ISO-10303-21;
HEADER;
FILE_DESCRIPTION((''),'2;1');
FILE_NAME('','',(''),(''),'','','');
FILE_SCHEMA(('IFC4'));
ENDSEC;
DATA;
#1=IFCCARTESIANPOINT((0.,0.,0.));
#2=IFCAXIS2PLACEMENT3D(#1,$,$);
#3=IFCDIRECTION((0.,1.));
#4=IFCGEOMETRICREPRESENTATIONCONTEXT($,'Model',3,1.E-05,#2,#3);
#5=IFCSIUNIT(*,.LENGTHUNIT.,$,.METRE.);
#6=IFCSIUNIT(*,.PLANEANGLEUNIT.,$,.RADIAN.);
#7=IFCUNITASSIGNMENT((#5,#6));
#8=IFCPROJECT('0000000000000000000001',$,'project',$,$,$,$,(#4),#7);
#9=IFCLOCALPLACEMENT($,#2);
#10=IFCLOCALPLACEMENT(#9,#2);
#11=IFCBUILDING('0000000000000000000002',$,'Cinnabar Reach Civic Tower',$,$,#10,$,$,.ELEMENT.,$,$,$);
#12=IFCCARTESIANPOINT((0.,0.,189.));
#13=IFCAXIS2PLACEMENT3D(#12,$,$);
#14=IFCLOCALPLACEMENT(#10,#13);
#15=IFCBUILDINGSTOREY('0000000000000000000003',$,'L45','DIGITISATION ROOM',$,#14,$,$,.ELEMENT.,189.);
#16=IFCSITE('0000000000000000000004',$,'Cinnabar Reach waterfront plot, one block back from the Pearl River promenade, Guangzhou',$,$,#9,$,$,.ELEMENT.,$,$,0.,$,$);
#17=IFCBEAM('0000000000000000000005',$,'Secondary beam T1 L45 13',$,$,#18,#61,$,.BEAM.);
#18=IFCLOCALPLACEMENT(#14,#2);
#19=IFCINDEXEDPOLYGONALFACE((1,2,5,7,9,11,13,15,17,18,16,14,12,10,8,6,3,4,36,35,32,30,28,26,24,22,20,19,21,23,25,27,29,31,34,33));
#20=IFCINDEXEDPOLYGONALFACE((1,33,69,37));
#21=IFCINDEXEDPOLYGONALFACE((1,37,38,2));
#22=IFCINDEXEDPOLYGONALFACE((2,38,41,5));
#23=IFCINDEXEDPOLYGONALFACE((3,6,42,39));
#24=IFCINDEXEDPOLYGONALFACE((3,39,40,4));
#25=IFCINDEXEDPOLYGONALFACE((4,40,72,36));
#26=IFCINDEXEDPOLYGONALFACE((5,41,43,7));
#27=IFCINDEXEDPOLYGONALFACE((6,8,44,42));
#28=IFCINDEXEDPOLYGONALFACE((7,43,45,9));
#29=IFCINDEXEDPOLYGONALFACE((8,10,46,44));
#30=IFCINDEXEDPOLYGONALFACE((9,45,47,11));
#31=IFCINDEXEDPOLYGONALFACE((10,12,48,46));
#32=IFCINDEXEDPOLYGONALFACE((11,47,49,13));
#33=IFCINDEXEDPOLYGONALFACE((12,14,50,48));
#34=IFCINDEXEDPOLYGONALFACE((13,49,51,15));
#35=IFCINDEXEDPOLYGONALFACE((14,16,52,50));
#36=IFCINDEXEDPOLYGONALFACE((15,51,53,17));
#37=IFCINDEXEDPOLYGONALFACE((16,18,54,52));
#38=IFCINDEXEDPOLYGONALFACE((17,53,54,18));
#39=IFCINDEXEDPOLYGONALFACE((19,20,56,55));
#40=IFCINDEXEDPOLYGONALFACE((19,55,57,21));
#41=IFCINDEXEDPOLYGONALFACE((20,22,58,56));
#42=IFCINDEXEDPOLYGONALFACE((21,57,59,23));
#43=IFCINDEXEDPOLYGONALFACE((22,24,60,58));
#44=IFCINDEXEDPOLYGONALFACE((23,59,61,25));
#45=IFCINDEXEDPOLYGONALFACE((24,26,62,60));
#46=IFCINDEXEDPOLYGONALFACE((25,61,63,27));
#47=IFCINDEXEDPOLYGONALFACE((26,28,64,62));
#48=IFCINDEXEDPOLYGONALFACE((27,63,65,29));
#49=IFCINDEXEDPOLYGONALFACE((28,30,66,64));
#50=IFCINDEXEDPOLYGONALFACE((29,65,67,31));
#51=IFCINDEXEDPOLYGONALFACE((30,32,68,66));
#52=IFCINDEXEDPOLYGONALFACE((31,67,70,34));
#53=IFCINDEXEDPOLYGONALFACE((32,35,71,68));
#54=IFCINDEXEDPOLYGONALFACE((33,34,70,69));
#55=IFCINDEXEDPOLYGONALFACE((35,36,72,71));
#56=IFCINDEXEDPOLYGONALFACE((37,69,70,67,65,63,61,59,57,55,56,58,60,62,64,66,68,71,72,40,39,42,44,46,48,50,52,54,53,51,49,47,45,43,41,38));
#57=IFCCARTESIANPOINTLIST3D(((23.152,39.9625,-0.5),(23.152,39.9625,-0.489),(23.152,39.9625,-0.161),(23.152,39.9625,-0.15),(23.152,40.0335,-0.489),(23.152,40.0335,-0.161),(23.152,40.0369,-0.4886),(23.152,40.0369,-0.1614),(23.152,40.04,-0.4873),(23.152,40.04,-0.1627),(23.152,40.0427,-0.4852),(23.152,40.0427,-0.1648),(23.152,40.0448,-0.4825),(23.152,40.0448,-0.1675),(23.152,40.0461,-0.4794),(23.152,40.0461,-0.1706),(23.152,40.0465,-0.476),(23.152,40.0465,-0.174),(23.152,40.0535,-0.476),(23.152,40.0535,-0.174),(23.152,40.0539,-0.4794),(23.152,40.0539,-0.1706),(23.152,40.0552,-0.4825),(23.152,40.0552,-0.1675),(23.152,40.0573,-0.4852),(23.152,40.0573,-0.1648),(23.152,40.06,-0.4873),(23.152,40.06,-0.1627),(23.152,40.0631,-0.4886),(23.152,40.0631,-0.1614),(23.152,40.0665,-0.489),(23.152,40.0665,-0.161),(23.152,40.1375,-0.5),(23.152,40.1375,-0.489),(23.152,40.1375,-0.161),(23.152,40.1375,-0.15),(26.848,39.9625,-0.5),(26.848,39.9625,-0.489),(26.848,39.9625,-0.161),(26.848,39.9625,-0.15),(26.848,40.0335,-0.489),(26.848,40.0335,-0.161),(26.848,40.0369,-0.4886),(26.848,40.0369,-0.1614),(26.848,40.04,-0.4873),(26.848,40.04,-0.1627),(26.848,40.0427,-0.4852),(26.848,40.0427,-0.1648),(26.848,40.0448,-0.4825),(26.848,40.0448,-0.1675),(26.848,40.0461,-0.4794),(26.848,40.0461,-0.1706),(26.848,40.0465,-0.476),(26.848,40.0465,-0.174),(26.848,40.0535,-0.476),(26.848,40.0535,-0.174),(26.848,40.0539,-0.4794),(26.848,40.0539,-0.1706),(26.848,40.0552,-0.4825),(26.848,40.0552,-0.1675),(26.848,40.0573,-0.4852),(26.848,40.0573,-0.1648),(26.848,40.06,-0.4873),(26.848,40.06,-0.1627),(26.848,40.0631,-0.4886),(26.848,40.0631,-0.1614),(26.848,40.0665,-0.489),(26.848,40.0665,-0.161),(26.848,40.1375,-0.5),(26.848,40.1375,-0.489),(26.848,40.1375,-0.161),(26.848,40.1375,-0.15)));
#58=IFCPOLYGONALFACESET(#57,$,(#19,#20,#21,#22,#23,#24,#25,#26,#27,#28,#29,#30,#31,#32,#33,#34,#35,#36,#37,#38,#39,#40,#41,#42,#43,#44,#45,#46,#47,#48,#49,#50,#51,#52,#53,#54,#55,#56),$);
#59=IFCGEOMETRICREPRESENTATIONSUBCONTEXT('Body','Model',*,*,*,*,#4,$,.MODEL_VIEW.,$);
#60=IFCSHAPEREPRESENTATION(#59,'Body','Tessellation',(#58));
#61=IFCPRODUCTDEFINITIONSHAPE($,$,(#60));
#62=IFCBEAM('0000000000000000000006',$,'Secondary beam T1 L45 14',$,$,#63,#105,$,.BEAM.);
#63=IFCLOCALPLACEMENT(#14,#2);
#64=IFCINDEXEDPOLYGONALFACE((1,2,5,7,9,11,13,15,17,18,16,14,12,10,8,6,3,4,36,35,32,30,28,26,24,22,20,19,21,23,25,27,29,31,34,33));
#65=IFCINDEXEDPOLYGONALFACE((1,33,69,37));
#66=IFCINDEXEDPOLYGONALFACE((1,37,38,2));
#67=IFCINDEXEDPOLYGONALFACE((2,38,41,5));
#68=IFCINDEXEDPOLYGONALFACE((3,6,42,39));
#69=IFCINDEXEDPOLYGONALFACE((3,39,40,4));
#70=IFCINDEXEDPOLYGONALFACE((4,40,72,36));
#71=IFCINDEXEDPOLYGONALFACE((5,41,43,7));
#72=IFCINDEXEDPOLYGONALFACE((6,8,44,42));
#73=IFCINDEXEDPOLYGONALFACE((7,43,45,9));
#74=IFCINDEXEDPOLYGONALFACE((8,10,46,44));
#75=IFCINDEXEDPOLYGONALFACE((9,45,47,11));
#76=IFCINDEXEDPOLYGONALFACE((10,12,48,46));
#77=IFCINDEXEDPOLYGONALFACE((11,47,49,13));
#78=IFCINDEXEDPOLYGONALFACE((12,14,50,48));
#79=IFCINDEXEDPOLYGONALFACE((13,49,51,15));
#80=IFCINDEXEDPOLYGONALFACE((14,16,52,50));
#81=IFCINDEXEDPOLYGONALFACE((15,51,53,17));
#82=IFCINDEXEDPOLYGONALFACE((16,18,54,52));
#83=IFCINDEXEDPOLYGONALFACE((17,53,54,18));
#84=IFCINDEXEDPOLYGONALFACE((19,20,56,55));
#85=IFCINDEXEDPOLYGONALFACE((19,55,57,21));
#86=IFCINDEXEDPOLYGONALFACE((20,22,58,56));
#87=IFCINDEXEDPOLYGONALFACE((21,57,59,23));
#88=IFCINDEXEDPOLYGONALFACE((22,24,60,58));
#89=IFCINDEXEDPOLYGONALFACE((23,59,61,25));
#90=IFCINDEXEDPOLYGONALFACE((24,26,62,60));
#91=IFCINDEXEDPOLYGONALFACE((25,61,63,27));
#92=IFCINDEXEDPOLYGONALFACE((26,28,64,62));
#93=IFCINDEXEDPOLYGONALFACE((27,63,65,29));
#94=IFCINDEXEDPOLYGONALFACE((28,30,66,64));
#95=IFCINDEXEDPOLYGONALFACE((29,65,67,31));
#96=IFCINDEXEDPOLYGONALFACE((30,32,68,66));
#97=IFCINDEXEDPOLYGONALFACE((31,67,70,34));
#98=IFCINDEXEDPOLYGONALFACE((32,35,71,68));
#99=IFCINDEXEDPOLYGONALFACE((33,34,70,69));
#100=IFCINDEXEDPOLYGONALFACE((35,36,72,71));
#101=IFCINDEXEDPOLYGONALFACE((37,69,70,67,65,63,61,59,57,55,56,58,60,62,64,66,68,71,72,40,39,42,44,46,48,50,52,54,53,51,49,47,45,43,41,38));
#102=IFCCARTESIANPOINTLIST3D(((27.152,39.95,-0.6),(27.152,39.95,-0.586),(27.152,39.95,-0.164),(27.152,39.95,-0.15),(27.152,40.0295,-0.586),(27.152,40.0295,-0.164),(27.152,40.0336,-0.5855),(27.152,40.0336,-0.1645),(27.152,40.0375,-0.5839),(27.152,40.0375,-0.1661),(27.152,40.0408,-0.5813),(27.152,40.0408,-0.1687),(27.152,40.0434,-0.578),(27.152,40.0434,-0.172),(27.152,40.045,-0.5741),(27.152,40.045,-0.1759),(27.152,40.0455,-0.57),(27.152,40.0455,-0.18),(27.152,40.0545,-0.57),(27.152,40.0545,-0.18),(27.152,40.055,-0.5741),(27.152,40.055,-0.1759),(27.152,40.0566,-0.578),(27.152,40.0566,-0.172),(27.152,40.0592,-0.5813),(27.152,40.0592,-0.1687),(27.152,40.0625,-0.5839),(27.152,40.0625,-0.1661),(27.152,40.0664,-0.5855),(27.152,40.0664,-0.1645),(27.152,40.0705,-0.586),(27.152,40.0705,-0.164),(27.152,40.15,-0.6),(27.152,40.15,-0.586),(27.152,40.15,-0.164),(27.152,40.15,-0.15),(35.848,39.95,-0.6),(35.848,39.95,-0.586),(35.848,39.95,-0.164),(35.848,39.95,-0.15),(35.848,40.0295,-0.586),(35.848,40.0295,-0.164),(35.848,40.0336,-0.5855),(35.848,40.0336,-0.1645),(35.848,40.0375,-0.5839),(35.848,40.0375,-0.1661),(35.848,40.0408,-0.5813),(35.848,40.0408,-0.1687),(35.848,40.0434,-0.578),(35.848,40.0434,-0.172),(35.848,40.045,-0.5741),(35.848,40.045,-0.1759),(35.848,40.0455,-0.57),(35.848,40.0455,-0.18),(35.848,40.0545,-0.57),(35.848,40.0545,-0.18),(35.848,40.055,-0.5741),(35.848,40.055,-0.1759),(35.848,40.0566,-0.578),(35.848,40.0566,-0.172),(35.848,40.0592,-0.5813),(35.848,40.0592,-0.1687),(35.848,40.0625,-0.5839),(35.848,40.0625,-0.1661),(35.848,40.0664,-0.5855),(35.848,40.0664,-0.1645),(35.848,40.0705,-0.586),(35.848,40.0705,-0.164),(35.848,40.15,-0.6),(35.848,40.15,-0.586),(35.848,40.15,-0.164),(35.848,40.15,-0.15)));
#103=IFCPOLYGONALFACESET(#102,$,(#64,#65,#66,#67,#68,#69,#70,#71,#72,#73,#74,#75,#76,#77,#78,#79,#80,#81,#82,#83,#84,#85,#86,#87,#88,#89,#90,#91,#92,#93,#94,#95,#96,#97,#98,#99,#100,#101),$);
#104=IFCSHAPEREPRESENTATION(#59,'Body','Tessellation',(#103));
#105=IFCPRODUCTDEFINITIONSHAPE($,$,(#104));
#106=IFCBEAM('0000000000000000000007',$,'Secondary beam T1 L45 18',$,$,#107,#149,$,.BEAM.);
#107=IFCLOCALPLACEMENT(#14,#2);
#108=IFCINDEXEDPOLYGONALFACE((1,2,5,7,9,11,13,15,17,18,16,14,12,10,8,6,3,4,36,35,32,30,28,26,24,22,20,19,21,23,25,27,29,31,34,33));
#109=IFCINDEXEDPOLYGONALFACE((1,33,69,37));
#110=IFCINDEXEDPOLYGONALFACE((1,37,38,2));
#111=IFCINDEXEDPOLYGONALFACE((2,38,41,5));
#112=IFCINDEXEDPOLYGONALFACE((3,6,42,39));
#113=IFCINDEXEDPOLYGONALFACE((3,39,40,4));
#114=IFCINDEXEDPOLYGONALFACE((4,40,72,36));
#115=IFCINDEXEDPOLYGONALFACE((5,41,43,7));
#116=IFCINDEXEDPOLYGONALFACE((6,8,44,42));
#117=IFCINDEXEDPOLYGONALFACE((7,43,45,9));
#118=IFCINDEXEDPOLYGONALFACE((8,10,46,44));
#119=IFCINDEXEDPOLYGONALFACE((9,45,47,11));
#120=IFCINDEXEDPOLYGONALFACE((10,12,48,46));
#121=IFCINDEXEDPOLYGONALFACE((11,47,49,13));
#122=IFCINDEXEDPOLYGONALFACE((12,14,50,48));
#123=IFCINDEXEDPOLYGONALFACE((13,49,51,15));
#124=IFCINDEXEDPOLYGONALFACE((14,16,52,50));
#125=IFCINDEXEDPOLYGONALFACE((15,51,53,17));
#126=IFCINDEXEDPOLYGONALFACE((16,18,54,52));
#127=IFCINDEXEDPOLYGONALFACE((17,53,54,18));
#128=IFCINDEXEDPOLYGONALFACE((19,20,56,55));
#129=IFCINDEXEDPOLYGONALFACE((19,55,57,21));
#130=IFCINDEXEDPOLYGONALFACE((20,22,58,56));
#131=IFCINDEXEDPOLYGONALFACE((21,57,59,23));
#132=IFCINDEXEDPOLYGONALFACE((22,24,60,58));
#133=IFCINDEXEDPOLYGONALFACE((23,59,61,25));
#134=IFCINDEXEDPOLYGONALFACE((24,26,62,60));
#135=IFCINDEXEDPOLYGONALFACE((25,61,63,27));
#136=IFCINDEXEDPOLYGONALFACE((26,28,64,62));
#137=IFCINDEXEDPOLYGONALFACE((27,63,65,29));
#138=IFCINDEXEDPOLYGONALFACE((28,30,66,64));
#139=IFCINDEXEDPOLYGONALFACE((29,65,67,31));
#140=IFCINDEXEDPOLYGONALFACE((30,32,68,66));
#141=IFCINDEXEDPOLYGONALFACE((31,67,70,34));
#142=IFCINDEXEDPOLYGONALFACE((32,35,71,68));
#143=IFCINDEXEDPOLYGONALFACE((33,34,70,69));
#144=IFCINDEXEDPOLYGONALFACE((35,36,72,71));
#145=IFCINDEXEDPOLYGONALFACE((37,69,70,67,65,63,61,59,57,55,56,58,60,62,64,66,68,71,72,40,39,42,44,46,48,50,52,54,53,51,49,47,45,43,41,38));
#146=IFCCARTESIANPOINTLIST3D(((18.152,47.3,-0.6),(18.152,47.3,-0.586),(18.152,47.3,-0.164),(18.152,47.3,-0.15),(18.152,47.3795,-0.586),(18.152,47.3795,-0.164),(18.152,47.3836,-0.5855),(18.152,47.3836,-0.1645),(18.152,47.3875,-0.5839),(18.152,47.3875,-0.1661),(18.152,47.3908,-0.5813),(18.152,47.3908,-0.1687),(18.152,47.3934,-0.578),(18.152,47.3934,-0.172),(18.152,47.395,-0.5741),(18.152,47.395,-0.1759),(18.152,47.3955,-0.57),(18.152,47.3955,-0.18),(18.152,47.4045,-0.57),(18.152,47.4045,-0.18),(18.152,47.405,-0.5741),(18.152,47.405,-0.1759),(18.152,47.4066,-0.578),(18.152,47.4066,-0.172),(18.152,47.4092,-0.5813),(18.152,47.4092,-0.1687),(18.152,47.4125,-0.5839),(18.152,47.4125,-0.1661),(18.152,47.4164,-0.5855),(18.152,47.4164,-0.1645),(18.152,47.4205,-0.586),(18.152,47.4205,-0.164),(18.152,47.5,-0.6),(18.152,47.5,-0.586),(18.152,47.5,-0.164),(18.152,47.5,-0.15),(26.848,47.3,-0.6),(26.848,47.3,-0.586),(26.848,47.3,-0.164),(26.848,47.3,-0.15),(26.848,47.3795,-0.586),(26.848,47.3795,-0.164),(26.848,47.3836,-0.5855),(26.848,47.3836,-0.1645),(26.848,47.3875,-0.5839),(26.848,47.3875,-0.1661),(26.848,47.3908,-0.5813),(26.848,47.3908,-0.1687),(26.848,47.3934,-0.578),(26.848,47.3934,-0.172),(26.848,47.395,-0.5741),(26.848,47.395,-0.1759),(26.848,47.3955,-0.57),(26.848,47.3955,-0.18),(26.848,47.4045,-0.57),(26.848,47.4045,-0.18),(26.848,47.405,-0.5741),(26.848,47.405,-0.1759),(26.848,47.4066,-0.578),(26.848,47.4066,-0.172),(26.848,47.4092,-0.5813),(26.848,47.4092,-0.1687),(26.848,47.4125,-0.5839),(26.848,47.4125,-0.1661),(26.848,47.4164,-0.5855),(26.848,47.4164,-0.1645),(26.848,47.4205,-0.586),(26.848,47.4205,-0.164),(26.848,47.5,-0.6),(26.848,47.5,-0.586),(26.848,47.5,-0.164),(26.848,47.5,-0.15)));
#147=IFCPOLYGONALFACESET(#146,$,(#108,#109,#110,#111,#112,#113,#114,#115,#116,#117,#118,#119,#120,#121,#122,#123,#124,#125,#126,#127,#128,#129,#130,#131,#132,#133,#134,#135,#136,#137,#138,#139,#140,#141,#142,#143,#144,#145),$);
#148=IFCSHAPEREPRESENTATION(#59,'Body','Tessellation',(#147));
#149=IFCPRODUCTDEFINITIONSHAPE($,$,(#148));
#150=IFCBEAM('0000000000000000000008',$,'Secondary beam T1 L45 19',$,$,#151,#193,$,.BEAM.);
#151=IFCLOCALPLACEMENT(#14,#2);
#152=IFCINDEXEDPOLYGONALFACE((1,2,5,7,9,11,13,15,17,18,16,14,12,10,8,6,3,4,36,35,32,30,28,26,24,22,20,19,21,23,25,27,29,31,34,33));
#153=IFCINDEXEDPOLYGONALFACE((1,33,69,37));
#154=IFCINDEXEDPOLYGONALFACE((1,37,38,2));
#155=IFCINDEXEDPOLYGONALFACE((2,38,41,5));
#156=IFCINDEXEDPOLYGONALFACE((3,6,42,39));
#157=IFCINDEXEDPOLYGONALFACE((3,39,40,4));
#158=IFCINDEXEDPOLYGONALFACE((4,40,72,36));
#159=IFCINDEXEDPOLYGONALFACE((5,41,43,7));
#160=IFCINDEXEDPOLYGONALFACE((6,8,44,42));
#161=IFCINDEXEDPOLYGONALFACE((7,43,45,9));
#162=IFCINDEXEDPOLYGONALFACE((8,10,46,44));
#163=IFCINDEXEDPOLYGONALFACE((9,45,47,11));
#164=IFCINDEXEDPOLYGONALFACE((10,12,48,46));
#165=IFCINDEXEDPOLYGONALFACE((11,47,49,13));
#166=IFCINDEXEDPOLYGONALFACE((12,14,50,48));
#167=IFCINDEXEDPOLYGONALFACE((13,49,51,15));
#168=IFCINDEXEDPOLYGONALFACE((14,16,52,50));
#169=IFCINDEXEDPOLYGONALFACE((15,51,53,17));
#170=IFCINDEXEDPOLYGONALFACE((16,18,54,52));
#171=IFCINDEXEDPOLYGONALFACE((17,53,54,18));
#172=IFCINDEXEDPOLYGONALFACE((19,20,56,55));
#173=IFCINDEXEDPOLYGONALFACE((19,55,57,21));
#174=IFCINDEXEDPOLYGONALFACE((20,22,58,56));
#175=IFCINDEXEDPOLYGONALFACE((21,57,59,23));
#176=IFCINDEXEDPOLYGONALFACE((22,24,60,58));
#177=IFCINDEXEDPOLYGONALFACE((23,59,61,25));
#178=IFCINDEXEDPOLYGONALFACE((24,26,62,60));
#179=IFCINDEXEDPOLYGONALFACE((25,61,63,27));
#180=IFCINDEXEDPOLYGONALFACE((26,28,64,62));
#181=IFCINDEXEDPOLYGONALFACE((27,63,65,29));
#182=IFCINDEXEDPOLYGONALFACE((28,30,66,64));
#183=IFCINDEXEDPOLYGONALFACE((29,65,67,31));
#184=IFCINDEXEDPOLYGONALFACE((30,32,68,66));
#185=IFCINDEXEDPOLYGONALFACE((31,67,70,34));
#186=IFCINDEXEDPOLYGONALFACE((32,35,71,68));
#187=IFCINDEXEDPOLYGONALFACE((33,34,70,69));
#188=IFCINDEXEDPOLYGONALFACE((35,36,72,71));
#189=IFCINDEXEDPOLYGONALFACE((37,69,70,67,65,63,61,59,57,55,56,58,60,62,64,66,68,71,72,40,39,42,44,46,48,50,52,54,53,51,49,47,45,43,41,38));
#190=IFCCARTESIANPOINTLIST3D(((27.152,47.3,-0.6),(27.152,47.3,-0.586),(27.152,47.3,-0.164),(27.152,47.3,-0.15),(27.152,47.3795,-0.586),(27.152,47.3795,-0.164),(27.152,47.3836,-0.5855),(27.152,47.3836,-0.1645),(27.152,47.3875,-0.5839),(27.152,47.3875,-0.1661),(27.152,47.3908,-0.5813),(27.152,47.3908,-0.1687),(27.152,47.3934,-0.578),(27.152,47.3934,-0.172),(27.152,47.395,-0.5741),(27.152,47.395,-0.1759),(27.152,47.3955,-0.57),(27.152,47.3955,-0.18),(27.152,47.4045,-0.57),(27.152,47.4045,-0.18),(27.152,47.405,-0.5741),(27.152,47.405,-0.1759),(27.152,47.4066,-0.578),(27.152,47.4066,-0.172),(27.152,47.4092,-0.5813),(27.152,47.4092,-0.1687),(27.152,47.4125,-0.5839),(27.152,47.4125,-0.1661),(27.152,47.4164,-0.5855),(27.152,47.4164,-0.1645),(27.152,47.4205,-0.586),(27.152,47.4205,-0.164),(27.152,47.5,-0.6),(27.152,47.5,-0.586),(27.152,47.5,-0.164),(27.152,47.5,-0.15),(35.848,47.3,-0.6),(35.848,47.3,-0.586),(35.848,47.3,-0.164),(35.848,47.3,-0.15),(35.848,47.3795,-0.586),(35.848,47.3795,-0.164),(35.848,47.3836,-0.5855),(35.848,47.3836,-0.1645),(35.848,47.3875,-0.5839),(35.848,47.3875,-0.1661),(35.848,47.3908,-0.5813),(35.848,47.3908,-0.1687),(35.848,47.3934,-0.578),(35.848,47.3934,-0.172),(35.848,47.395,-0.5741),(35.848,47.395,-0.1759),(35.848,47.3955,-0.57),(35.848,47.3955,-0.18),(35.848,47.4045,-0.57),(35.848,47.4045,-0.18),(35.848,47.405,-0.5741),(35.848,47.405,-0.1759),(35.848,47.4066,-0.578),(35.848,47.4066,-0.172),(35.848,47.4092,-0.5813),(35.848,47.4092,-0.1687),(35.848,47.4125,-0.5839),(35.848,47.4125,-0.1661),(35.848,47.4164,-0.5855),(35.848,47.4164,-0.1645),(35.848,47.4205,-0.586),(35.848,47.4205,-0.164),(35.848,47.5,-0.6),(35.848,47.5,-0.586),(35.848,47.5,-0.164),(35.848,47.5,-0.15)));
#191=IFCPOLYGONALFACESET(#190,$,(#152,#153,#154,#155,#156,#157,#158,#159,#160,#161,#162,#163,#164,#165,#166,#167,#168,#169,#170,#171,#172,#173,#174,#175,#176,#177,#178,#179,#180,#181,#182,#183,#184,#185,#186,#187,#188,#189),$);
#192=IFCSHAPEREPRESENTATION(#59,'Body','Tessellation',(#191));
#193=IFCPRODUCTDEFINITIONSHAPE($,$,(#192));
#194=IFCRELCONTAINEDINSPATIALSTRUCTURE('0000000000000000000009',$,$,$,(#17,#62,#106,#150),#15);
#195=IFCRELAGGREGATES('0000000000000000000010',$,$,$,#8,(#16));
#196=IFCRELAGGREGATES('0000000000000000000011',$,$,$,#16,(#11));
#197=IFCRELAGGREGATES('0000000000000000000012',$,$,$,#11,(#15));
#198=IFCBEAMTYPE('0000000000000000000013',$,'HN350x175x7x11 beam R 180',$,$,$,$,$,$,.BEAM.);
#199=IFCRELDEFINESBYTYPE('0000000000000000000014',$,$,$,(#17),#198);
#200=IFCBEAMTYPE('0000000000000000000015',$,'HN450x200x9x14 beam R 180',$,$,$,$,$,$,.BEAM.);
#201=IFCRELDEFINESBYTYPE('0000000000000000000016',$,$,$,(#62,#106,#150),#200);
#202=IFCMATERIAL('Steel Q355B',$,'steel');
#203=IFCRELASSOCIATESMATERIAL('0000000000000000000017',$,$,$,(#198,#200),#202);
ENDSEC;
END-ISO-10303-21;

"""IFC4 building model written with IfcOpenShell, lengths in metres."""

from ifc_helpers import new_model, si_unit, direction, frame, origin, origin_2d, place, context, subcontext, project, spatial, i_section, extrude, material, material_profile, profile_set, type_object, element, save


model = new_model("IFC4")

# Units and contexts
model_context = context("Model", 3, precision=1e-05, world=origin(), true_north=direction((0.0, 1.0)))
body_context = subcontext(model_context, "Body", "Model", "MODEL_VIEW")
ifc_project = project(units=[si_unit("LENGTHUNIT", "METRE"), si_unit("PLANEANGLEUNIT", "RADIAN")], contexts=[model_context])

# Site, building, storey
site_placement = place(None, origin())
site = spatial("IfcSite", under=ifc_project, at=site_placement, Name="Cinnabar Reach waterfront plot, one block back from the Pearl River promenade, Guangzhou", CompositionType="ELEMENT", RefElevation=0.0)
building_placement = place(site_placement, origin())
building = spatial("IfcBuilding", under=site, at=building_placement, Name="Cinnabar Reach Civic Tower", CompositionType="ELEMENT")
storey_placement = place(building_placement, frame((0.0, 0.0, 189.0)))
storey = spatial("IfcBuildingStorey", under=building, at=storey_placement, Name="L45", Description="DIGITISATION ROOM", CompositionType="ELEMENT", Elevation=189.0)

# Beams
ifc_material_1 = material(Name="Steel Q355B", Category="steel")
ifc_material_profile_1 = material_profile(ifc_material_1, i_section(OverallWidth=0.175, OverallDepth=0.35, WebThickness=0.007, FlangeThickness=0.011, FilletRadius=0.013, at=origin_2d()), Name="HN350x175x7x11")
ifc_profile_set_1 = profile_set([ifc_material_profile_1], Name="Steel Q355B")
beam_type_1 = type_object("IfcBeamType", Name="HN350x175x7x11 beam R 180", PredefinedType="BEAM", material=ifc_profile_set_1)
beam_1_placement = place(storey_placement, frame((23.152, 40.05, -0.325), z_axis=(1.0, 0.0, 0.0), x_axis=(0.0, 1.0, 0.0)))
element("IfcBeam", 1, at=beam_1_placement, inside=storey, type_object=beam_type_1, Name="Secondary beam T1 L45 13", PredefinedType="BEAM", context=body_context, shape_type="SweptSolid", body=[
    extrude(i_section(OverallWidth=0.175, OverallDepth=0.35, WebThickness=0.007, FlangeThickness=0.011, FilletRadius=0.013, at=origin_2d()), origin(), (0.0, 0.0, 1.0), 3.696),
])
ifc_material_profile_2 = material_profile(ifc_material_1, i_section(OverallWidth=0.2, OverallDepth=0.45, WebThickness=0.009, FlangeThickness=0.014, FilletRadius=0.016, at=origin_2d()), Name="HN450x200x9x14")
ifc_profile_set_2 = profile_set([ifc_material_profile_2], Name="Steel Q355B")
beam_type_2 = type_object("IfcBeamType", Name="HN450x200x9x14 beam R 180", PredefinedType="BEAM", material=ifc_profile_set_2)
for number, where, z_axis, x_axis, name in (
    (2, (27.152, 40.05, -0.375), (1.0, 0.0, 0.0), (0.0, 1.0, 0.0), "Secondary beam T1 L45 14"),
    (3, (18.152, 47.4, -0.375), (1.0, 0.0, 0.0), (0.0, 1.0, 0.0), "Secondary beam T1 L45 18"),
    (4, (27.152, 47.4, -0.375), (1.0, 0.0, 0.0), (0.0, 1.0, 0.0), "Secondary beam T1 L45 19"),
):
    element("IfcBeam", number, at=place(storey_placement, frame(where, z_axis=z_axis, x_axis=x_axis)), inside=storey, type_object=beam_type_2, Name=name, PredefinedType="BEAM", context=body_context, shape_type="SweptSolid", body=[
        extrude(i_section(OverallWidth=0.2, OverallDepth=0.45, WebThickness=0.009, FlangeThickness=0.014, FilletRadius=0.016, at=origin_2d()), origin(), (0.0, 0.0, 1.0), 8.696),
    ])

save(model, "model.ifc")
